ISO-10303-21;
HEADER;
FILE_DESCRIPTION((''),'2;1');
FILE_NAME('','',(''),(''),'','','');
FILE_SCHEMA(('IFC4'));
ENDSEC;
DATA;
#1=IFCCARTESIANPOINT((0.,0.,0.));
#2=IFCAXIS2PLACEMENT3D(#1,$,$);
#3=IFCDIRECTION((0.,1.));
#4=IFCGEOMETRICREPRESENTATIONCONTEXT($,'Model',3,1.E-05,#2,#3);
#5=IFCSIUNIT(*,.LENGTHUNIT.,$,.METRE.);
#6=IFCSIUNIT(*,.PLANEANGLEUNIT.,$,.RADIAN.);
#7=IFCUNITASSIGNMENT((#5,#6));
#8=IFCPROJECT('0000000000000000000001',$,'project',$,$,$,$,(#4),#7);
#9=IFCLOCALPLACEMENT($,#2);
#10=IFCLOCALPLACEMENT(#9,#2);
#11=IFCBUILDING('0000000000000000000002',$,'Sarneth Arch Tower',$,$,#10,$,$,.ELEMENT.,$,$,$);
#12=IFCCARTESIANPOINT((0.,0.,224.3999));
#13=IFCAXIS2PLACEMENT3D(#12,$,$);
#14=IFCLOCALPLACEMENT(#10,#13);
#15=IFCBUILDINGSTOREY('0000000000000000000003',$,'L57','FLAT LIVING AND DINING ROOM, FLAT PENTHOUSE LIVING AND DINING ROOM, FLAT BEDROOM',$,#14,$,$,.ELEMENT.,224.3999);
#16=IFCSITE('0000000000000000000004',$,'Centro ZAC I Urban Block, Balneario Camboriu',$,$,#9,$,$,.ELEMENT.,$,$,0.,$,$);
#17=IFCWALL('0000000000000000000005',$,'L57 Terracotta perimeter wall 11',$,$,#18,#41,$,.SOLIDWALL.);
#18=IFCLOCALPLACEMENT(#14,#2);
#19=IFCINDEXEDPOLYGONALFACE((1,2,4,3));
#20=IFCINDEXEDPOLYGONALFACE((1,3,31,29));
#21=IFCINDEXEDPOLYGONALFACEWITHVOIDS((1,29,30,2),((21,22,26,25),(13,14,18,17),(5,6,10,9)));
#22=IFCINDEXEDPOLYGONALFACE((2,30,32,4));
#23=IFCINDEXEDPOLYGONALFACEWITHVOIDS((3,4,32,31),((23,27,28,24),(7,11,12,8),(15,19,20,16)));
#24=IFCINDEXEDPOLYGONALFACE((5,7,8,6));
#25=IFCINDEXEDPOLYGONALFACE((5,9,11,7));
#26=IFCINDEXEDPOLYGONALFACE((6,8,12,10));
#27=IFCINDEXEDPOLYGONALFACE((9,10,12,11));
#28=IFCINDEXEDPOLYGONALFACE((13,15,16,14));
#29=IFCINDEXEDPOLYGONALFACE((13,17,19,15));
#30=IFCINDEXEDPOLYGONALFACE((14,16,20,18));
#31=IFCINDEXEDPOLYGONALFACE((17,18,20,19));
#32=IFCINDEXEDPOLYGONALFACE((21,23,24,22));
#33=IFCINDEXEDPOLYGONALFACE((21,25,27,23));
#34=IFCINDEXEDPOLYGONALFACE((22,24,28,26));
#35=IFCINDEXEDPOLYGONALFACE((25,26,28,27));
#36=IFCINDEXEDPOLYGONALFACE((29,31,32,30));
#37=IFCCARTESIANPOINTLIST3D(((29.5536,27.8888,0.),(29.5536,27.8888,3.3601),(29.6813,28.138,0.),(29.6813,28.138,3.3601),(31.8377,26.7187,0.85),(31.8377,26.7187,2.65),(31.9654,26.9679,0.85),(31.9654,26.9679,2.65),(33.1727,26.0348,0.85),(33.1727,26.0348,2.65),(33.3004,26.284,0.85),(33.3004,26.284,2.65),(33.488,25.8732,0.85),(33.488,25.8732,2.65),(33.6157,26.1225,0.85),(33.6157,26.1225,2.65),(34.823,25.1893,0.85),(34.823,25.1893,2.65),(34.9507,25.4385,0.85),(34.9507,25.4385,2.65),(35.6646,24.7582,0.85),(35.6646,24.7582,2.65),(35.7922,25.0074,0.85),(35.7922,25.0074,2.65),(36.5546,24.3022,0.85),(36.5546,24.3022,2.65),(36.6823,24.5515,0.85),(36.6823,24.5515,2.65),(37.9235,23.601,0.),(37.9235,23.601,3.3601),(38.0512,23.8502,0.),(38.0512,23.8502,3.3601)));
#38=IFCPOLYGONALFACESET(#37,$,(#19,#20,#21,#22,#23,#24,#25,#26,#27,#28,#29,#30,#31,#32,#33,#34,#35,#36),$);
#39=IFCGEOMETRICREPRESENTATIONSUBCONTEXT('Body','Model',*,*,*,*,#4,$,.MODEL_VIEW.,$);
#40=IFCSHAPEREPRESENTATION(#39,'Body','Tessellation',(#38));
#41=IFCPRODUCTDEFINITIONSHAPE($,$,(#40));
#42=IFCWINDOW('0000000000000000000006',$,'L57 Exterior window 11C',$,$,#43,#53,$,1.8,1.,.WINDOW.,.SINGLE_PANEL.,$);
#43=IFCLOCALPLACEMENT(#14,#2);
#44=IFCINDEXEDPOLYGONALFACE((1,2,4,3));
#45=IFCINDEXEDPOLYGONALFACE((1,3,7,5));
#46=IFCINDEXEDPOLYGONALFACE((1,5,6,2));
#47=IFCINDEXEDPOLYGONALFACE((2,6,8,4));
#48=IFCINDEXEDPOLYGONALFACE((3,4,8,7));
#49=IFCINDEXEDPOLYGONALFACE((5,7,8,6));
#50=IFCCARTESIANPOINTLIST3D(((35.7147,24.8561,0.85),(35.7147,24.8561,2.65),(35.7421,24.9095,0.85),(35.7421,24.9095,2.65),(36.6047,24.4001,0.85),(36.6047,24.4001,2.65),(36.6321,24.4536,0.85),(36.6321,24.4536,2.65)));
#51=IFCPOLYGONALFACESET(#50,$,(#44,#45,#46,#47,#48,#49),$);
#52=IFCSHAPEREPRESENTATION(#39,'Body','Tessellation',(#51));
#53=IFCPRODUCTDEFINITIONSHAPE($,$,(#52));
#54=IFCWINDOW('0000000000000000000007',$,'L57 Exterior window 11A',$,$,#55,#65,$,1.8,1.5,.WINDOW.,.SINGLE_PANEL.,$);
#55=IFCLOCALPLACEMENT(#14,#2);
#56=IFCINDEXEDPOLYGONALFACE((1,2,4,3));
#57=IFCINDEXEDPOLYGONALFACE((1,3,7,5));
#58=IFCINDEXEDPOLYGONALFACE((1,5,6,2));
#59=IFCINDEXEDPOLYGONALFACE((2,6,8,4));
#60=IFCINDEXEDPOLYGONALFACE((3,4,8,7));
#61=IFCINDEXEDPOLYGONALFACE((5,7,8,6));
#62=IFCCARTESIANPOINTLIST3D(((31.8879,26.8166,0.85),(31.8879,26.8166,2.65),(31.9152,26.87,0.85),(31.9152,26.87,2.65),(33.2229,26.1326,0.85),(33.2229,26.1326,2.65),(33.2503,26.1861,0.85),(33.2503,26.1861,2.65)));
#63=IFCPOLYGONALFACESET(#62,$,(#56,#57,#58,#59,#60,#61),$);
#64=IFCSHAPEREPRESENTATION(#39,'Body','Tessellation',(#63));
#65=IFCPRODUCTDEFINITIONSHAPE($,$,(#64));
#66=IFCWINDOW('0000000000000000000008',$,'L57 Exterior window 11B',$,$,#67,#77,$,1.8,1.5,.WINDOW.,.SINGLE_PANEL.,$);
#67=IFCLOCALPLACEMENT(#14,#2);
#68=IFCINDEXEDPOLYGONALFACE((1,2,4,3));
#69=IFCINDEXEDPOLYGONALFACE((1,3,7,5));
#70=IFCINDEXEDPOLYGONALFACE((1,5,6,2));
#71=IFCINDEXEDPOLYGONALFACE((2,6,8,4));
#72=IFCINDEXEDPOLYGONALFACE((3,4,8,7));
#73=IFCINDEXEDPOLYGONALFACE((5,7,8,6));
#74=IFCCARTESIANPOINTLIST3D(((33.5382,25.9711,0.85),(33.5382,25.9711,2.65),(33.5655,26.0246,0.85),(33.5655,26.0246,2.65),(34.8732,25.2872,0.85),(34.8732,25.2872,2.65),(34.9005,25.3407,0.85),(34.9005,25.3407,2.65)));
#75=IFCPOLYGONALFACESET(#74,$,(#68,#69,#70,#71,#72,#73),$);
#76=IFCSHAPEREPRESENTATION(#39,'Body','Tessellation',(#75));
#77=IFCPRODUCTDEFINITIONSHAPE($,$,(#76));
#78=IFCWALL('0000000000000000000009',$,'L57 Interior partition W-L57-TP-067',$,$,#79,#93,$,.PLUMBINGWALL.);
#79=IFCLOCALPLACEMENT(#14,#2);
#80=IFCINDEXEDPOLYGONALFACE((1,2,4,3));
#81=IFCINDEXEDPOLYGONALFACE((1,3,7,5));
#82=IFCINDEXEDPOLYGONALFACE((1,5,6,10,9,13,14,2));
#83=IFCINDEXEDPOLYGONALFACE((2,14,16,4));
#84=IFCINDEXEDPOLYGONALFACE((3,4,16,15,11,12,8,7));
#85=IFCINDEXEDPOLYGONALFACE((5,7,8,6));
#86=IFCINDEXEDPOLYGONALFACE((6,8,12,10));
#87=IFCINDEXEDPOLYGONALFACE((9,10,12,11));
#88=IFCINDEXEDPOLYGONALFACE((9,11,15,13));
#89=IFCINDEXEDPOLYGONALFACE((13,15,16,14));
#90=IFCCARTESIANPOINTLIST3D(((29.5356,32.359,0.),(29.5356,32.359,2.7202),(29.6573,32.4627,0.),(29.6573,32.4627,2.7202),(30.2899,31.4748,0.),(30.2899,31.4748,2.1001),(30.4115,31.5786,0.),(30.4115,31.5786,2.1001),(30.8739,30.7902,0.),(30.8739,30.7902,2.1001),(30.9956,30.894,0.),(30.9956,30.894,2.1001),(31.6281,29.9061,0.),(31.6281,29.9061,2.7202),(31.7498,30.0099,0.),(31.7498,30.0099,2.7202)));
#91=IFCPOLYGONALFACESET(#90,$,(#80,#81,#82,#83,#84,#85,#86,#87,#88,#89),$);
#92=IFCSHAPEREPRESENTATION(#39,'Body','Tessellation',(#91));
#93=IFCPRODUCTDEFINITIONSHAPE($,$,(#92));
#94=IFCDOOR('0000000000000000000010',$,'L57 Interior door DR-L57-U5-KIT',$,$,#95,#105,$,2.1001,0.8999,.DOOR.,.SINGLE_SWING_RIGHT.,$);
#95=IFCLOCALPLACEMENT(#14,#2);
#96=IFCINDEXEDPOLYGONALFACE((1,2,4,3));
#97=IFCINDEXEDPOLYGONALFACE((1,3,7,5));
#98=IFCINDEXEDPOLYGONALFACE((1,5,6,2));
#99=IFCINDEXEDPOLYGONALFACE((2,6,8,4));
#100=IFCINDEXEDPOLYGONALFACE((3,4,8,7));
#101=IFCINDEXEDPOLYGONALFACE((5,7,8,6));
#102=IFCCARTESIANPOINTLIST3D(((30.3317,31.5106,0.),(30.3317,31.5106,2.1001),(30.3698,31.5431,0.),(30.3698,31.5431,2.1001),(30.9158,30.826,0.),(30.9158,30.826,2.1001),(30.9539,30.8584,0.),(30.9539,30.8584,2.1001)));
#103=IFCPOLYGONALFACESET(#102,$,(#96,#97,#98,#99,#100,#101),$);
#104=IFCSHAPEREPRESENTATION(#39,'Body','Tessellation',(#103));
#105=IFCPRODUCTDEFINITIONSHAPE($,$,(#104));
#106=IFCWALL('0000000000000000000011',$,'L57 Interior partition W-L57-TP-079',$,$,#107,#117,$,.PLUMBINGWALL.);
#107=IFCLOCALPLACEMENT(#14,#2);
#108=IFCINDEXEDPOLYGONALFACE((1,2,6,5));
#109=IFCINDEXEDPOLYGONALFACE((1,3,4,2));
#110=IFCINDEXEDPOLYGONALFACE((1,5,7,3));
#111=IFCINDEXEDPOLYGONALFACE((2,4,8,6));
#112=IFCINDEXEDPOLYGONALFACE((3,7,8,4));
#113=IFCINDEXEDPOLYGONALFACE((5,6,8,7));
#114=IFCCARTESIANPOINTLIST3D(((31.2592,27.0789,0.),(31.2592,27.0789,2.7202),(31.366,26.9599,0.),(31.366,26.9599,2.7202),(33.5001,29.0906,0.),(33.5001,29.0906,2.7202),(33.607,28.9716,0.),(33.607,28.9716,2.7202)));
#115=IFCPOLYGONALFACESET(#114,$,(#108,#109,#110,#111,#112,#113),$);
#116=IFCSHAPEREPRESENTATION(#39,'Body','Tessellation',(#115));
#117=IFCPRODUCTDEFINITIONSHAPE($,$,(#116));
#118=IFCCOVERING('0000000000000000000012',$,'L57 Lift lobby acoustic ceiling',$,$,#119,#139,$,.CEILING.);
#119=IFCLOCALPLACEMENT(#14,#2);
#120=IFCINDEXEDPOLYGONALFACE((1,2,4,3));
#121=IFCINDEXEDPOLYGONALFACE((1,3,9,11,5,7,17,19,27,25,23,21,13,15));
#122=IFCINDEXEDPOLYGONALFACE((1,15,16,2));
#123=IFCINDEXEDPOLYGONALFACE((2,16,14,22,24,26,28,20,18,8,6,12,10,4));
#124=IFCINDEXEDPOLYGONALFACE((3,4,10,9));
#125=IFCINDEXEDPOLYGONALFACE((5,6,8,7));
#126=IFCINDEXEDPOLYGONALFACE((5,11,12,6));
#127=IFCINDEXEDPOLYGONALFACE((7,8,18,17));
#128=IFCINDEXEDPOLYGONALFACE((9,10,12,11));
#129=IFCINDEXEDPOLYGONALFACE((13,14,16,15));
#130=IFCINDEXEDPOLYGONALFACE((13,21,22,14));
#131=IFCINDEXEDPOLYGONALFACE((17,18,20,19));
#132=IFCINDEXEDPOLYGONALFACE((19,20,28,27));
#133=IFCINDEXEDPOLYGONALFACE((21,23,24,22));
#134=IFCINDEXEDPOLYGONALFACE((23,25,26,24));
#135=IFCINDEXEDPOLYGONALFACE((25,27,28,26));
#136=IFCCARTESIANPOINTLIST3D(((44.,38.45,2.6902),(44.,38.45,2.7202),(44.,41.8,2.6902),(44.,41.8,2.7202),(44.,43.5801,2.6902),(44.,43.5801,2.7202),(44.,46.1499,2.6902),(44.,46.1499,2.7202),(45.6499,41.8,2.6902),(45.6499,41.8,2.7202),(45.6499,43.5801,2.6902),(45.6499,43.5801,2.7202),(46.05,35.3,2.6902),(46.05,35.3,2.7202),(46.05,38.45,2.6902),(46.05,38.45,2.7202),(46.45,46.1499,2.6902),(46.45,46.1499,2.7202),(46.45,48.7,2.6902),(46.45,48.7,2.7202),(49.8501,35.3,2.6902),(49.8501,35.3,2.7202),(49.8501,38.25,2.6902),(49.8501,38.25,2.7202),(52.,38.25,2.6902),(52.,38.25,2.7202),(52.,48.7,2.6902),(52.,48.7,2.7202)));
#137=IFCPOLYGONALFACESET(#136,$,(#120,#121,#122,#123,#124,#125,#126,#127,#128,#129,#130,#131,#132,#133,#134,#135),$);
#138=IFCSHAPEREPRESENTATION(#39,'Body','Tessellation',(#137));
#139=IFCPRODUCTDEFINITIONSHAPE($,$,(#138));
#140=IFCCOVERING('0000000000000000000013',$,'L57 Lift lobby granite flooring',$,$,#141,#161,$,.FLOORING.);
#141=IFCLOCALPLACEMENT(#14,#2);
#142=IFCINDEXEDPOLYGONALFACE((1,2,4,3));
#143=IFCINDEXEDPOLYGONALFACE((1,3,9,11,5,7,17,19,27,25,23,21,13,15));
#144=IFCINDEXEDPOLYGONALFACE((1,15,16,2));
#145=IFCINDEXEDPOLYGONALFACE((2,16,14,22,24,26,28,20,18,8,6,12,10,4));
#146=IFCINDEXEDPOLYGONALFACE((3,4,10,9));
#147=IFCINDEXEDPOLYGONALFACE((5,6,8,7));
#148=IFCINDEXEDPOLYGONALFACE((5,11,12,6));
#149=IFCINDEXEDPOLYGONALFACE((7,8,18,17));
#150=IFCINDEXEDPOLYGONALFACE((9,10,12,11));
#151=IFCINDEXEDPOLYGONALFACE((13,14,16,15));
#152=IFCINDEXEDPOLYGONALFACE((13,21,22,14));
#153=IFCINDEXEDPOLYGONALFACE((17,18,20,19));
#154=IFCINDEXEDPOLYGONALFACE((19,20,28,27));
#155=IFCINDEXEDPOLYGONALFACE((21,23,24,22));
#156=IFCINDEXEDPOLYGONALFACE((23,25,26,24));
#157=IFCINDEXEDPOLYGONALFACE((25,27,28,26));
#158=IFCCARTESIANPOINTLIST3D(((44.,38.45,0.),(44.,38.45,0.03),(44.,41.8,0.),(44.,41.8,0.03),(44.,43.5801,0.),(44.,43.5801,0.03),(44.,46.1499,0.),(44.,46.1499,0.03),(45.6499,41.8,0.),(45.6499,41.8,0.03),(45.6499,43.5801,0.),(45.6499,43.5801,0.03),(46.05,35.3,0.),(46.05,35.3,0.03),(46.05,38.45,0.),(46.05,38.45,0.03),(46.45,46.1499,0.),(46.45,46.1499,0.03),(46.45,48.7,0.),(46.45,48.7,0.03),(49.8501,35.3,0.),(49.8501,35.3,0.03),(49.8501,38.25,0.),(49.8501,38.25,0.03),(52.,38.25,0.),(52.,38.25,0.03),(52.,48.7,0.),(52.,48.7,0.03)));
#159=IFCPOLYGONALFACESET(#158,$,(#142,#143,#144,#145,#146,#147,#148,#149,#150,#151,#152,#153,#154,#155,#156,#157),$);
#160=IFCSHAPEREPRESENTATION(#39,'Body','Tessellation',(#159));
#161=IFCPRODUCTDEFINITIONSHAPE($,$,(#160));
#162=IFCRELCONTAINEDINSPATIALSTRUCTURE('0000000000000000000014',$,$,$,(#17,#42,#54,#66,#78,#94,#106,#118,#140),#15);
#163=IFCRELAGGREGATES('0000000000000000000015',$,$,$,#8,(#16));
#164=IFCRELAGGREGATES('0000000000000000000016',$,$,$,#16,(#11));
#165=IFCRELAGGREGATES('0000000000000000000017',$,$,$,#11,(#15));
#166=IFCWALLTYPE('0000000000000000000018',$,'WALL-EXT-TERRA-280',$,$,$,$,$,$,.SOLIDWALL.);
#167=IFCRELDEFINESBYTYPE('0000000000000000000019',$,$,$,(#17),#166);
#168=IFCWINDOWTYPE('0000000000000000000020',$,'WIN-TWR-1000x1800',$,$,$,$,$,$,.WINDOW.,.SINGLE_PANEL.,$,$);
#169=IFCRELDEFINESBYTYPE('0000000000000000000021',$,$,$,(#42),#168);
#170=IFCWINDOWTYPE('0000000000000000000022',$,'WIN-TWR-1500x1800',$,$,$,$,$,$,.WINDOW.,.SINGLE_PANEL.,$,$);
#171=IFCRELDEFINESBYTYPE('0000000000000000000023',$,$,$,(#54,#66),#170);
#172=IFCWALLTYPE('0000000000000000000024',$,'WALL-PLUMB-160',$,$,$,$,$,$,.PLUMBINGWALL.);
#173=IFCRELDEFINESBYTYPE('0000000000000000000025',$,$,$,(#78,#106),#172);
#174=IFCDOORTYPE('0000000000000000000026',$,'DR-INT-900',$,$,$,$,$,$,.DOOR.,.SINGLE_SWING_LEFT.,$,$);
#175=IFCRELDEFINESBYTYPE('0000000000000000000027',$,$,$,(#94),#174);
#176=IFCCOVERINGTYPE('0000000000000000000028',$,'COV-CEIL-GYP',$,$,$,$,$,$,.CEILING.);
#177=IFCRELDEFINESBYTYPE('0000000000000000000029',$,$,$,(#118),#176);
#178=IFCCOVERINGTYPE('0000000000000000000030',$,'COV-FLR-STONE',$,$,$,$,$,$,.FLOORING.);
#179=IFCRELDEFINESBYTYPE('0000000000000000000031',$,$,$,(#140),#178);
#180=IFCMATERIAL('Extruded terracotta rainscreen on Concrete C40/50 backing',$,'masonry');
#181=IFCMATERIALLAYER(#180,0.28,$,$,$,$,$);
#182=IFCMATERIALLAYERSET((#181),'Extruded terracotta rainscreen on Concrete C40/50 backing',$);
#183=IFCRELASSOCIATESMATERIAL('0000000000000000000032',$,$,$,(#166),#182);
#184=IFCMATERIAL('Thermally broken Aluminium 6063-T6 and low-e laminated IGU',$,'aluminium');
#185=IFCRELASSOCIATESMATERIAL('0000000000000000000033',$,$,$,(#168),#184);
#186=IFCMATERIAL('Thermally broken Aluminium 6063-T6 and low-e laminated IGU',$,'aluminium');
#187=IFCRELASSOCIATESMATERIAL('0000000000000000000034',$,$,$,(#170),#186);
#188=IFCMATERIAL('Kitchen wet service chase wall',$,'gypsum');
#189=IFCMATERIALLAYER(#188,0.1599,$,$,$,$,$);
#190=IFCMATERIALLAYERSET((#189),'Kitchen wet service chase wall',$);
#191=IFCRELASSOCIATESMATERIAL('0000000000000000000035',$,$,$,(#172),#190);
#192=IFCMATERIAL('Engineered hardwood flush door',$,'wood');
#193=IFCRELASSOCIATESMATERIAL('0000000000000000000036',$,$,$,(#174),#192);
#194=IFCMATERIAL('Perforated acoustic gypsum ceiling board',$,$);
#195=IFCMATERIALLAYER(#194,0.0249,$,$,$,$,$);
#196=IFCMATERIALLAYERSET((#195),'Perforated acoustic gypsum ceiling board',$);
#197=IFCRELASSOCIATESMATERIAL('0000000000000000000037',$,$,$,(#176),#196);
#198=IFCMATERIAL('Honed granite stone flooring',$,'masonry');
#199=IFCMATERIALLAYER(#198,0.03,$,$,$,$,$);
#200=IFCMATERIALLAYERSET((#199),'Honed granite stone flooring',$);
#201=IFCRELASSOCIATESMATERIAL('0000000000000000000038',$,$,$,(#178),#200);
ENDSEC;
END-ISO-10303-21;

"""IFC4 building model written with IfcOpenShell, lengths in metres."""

from ifc_helpers import new_model, si_unit, direction, frame, frame_2d, origin, place, context, subcontext, project, spatial, polyline, rectangle, outline, extrude, material, layer, layer_set, type_object, element, fill, save


model = new_model("IFC4")

# Units and contexts
model_context = context("Model", 3, precision=1e-05, world=origin(), true_north=direction((0.0, 1.0)))
body_context = subcontext(model_context, "Body", "Model", "MODEL_VIEW")
ifc_project = project(units=[si_unit("LENGTHUNIT", "METRE"), si_unit("PLANEANGLEUNIT", "RADIAN")], contexts=[model_context])

# Site, building, storey
site_placement = place(None, origin())
site = spatial("IfcSite", under=ifc_project, at=site_placement, Name="Centro ZAC I Urban Block, Balneario Camboriu", CompositionType="ELEMENT", RefElevation=0.0)
building_placement = place(site_placement, origin())
building = spatial("IfcBuilding", under=site, at=building_placement, Name="Sarneth Arch Tower", CompositionType="ELEMENT")
storey_placement = place(building_placement, frame((0.0, 0.0, 224.3999)))
storey = spatial("IfcBuildingStorey", under=building, at=storey_placement, Name="L57", Description="FLAT LIVING AND DINING ROOM, FLAT PENTHOUSE LIVING AND DINING ROOM, FLAT BEDROOM", CompositionType="ELEMENT", Elevation=224.3999)

# Wall, openings, windows
ifc_material_1 = material(Name="Extruded terracotta rainscreen on Concrete C40/50 backing", Category="masonry")
ifc_layer_1 = layer(ifc_material_1, 0.28)
ifc_layer_set_1 = layer_set([ifc_layer_1], Name="Extruded terracotta rainscreen on Concrete C40/50 backing")
wall_type_1 = type_object("IfcWallType", Name="WALL-EXT-TERRA-280", PredefinedType="SOLIDWALL", material=ifc_layer_set_1)
wall_1_placement = place(storey_placement, frame((29.6174, 28.0134, 0.0), z_axis=(0.0, 0.0, 1.0), x_axis=(0.890007, -0.455946, 0.0)))
wall_1 = element("IfcWall", 1, at=wall_1_placement, inside=storey, type_object=wall_type_1, Name="L57 Terracotta perimeter wall 11", PredefinedType="SOLIDWALL", context=body_context, shape_type="SweptSolid", body=[
    extrude(rectangle(XDim=9.4043, YDim=0.28, at=frame_2d((4.7021, 0.0))), origin(), (0.0, 0.0, 1.0), 3.3601),
])
opening_1_placement = place(wall_1_placement, frame((2.5664, 0.0, 0.8501)))
opening_1 = element("IfcOpeningElement", 2, at=opening_1_placement, cuts=wall_1, PredefinedType="OPENING", context=body_context, shape_type="SweptSolid", body=[
    extrude(rectangle(XDim=1.5, YDim=1.8, at=frame_2d((0.75, 0.8999))), frame((0.0, 0.1499, 0.0), z_axis=(0.0, -1.0, 0.0), x_axis=(1.0, 0.0, 0.0)), (0.0, 0.0, 1.0), 0.3),
])
opening_2_placement = place(wall_1_placement, frame((4.4207, 0.0, 0.8501)))
opening_2 = element("IfcOpeningElement", 3, at=opening_2_placement, cuts=wall_1, PredefinedType="OPENING", context=body_context, shape_type="SweptSolid", body=[
    extrude(rectangle(XDim=1.5, YDim=1.8, at=frame_2d((0.75, 0.8999))), frame((0.0, 0.1499, 0.0), z_axis=(0.0, -1.0, 0.0), x_axis=(1.0, 0.0, 0.0)), (0.0, 0.0, 1.0), 0.3),
])
opening_3_placement = place(wall_1_placement, frame((6.8662, 0.0, 0.8501)))
opening_3 = element("IfcOpeningElement", 4, at=opening_3_placement, cuts=wall_1, PredefinedType="OPENING", context=body_context, shape_type="SweptSolid", body=[
    extrude(rectangle(XDim=1.0, YDim=1.8, at=frame_2d((0.5, 0.8999))), frame((0.0, 0.1499, 0.0), z_axis=(0.0, -1.0, 0.0), x_axis=(1.0, 0.0, 0.0)), (0.0, 0.0, 1.0), 0.3),
])
ifc_material_2 = material(Name="Thermally broken Aluminium 6063-T6 and low-e laminated IGU", Category="aluminium")
window_type_1 = type_object("IfcWindowType", Name="WIN-TWR-1000x1800", PartitioningType="SINGLE_PANEL", PredefinedType="WINDOW", material=ifc_material_2)
window_1_placement = place(opening_3_placement, origin())
window_1 = element("IfcWindow", 5, at=window_1_placement, inside=storey, type_object=window_type_1, Name="L57 Exterior window 11C", OverallHeight=1.8, OverallWidth=1.0, PartitioningType="SINGLE_PANEL", PredefinedType="WINDOW", context=body_context, shape_type="SweptSolid", body=[
    extrude(rectangle(XDim=1.0, YDim=1.8, at=frame_2d((0.5, 0.8999))), frame((0.0, 0.03, 0.0), z_axis=(0.0, -1.0, 0.0), x_axis=(1.0, 0.0, 0.0)), (0.0, 0.0, 1.0), 0.0601),
])
fill(opening_3, window_1)
ifc_material_3 = material(Name="Thermally broken Aluminium 6063-T6 and low-e laminated IGU", Category="aluminium")
window_type_2 = type_object("IfcWindowType", Name="WIN-TWR-1500x1800", PartitioningType="SINGLE_PANEL", PredefinedType="WINDOW", material=ifc_material_3)
window_2_placement = place(opening_1_placement, origin())
window_2 = element("IfcWindow", 6, at=window_2_placement, inside=storey, type_object=window_type_2, Name="L57 Exterior window 11A", OverallHeight=1.8, OverallWidth=1.5, PartitioningType="SINGLE_PANEL", PredefinedType="WINDOW", context=body_context, shape_type="SweptSolid", body=[
    extrude(rectangle(XDim=1.5, YDim=1.8, at=frame_2d((0.75, 0.8999))), frame((0.0, 0.03, 0.0), z_axis=(0.0, -1.0, 0.0), x_axis=(1.0, 0.0, 0.0)), (0.0, 0.0, 1.0), 0.0601),
])
fill(opening_1, window_2)
window_3_placement = place(opening_2_placement, origin())
window_3 = element("IfcWindow", 7, at=window_3_placement, inside=storey, type_object=window_type_2, Name="L57 Exterior window 11B", OverallHeight=1.8, OverallWidth=1.5, PartitioningType="SINGLE_PANEL", PredefinedType="WINDOW", context=body_context, shape_type="SweptSolid", body=[
    extrude(rectangle(XDim=1.5, YDim=1.8, at=frame_2d((0.75, 0.8999))), frame((0.0, 0.03, 0.0), z_axis=(0.0, -1.0, 0.0), x_axis=(1.0, 0.0, 0.0)), (0.0, 0.0, 1.0), 0.0601),
])
fill(opening_2, window_3)

# Wall, opening, door
ifc_material_4 = material(Name="Kitchen wet service chase wall", Category="gypsum")
ifc_layer_2 = layer(ifc_material_4, 0.1599)
ifc_layer_set_2 = layer_set([ifc_layer_2], Name="Kitchen wet service chase wall")
wall_type_2 = type_object("IfcWallType", Name="WALL-PLUMB-160", PredefinedType="PLUMBINGWALL", material=ifc_layer_set_2)
wall_2_placement = place(storey_placement, frame((31.689, 29.958, 0.0), z_axis=(0.0, 0.0, 1.0), x_axis=(-0.649012, 0.760778, 0.0)))
wall_2 = element("IfcWall", 8, at=wall_2_placement, inside=storey, type_object=wall_type_2, Name="L57 Interior partition W-L57-TP-067", PredefinedType="PLUMBINGWALL", context=body_context, shape_type="SweptSolid", body=[
    extrude(rectangle(XDim=3.2241, YDim=0.1599, at=frame_2d((1.6121, 0.0))), origin(), (0.0, 0.0, 1.0), 2.7202),
])
opening_4_placement = place(wall_2_placement, frame((1.1621, 0.0, 0.0)))
opening_4 = element("IfcOpeningElement", 9, at=opening_4_placement, cuts=wall_2, PredefinedType="OPENING", context=body_context, shape_type="SweptSolid", body=[
    extrude(rectangle(XDim=0.8999, YDim=2.1001, at=frame_2d((0.45, 1.05))), frame((0.0, 0.0898, 0.0), z_axis=(0.0, -1.0, 0.0), x_axis=(1.0, 0.0, 0.0)), (0.0, 0.0, 1.0), 0.1799),
])
ifc_material_5 = material(Name="Engineered hardwood flush door", Category="wood")
door_type = type_object("IfcDoorType", Name="DR-INT-900", OperationType="SINGLE_SWING_LEFT", PredefinedType="DOOR", material=ifc_material_5)
door_placement = place(opening_4_placement, origin())
door = element("IfcDoor", 10, at=door_placement, inside=storey, type_object=door_type, Name="L57 Interior door DR-L57-U5-KIT", OperationType="SINGLE_SWING_RIGHT", OverallHeight=2.1001, OverallWidth=0.8999, PredefinedType="DOOR", context=body_context, shape_type="SweptSolid", body=[
    extrude(rectangle(XDim=0.8999, YDim=2.1001, at=frame_2d((0.45, 1.05))), frame((0.0, 0.0249, 0.0), z_axis=(0.0, -1.0, 0.0), x_axis=(1.0, 0.0, 0.0)), (0.0, 0.0, 1.0), 0.05),
])
fill(opening_4, door)

# Wall
wall_3_placement = place(storey_placement, frame((31.3125, 27.0193, 0.0), z_axis=(0.0, 0.0, 1.0), x_axis=(0.744144, 0.668019, 0.0)))
element("IfcWall", 11, at=wall_3_placement, inside=storey, type_object=wall_type_2, Name="L57 Interior partition W-L57-TP-079", PredefinedType="PLUMBINGWALL", context=body_context, shape_type="SweptSolid", body=[
    extrude(rectangle(XDim=3.0115, YDim=0.1599, at=frame_2d((1.5059, 0.0))), origin(), (0.0, 0.0, 1.0), 2.7202),
])

# Coverings
ifc_material_6 = material(Name="Perforated acoustic gypsum ceiling board")
ifc_layer_3 = layer(ifc_material_6, 0.0249)
ifc_layer_set_3 = layer_set([ifc_layer_3], Name="Perforated acoustic gypsum ceiling board")
covering_type_1 = type_object("IfcCoveringType", Name="COV-CEIL-GYP", PredefinedType="CEILING", material=ifc_layer_set_3)
covering_1_placement = place(storey_placement, frame((0.0, 0.0, 2.6902)))
element("IfcCovering", 12, at=covering_1_placement, inside=storey, type_object=covering_type_1, Name="L57 Lift lobby acoustic ceiling", PredefinedType="CEILING", context=body_context, shape_type="SweptSolid", body=[
    extrude(outline(polyline([(49.8501, 38.25), (49.8501, 35.3), (46.05, 35.3), (46.05, 38.45), (44.0, 38.45), (44.0, 41.8), (45.6499, 41.8), (45.6499, 43.5801), (44.0, 43.5801), (44.0, 46.1499), (46.45, 46.1499), (46.45, 48.7), (52.0, 48.7), (52.0, 38.25), (49.8501, 38.25)])), origin(), (0.0, 0.0, 1.0), 0.03),
])
ifc_material_7 = material(Name="Honed granite stone flooring", Category="masonry")
ifc_layer_4 = layer(ifc_material_7, 0.03)
ifc_layer_set_4 = layer_set([ifc_layer_4], Name="Honed granite stone flooring")
covering_type_2 = type_object("IfcCoveringType", Name="COV-FLR-STONE", PredefinedType="FLOORING", material=ifc_layer_set_4)
covering_2_placement = place(storey_placement, origin())
element("IfcCovering", 13, at=covering_2_placement, inside=storey, type_object=covering_type_2, Name="L57 Lift lobby granite flooring", PredefinedType="FLOORING", context=body_context, shape_type="SweptSolid", body=[
    extrude(outline(polyline([(49.8501, 38.25), (49.8501, 35.3), (46.05, 35.3), (46.05, 38.45), (44.0, 38.45), (44.0, 41.8), (45.6499, 41.8), (45.6499, 43.5801), (44.0, 43.5801), (44.0, 46.1499), (46.45, 46.1499), (46.45, 48.7), (52.0, 48.7), (52.0, 38.25), (49.8501, 38.25)])), origin(), (0.0, 0.0, 1.0), 0.03),
])

save(model, "model.ifc")
